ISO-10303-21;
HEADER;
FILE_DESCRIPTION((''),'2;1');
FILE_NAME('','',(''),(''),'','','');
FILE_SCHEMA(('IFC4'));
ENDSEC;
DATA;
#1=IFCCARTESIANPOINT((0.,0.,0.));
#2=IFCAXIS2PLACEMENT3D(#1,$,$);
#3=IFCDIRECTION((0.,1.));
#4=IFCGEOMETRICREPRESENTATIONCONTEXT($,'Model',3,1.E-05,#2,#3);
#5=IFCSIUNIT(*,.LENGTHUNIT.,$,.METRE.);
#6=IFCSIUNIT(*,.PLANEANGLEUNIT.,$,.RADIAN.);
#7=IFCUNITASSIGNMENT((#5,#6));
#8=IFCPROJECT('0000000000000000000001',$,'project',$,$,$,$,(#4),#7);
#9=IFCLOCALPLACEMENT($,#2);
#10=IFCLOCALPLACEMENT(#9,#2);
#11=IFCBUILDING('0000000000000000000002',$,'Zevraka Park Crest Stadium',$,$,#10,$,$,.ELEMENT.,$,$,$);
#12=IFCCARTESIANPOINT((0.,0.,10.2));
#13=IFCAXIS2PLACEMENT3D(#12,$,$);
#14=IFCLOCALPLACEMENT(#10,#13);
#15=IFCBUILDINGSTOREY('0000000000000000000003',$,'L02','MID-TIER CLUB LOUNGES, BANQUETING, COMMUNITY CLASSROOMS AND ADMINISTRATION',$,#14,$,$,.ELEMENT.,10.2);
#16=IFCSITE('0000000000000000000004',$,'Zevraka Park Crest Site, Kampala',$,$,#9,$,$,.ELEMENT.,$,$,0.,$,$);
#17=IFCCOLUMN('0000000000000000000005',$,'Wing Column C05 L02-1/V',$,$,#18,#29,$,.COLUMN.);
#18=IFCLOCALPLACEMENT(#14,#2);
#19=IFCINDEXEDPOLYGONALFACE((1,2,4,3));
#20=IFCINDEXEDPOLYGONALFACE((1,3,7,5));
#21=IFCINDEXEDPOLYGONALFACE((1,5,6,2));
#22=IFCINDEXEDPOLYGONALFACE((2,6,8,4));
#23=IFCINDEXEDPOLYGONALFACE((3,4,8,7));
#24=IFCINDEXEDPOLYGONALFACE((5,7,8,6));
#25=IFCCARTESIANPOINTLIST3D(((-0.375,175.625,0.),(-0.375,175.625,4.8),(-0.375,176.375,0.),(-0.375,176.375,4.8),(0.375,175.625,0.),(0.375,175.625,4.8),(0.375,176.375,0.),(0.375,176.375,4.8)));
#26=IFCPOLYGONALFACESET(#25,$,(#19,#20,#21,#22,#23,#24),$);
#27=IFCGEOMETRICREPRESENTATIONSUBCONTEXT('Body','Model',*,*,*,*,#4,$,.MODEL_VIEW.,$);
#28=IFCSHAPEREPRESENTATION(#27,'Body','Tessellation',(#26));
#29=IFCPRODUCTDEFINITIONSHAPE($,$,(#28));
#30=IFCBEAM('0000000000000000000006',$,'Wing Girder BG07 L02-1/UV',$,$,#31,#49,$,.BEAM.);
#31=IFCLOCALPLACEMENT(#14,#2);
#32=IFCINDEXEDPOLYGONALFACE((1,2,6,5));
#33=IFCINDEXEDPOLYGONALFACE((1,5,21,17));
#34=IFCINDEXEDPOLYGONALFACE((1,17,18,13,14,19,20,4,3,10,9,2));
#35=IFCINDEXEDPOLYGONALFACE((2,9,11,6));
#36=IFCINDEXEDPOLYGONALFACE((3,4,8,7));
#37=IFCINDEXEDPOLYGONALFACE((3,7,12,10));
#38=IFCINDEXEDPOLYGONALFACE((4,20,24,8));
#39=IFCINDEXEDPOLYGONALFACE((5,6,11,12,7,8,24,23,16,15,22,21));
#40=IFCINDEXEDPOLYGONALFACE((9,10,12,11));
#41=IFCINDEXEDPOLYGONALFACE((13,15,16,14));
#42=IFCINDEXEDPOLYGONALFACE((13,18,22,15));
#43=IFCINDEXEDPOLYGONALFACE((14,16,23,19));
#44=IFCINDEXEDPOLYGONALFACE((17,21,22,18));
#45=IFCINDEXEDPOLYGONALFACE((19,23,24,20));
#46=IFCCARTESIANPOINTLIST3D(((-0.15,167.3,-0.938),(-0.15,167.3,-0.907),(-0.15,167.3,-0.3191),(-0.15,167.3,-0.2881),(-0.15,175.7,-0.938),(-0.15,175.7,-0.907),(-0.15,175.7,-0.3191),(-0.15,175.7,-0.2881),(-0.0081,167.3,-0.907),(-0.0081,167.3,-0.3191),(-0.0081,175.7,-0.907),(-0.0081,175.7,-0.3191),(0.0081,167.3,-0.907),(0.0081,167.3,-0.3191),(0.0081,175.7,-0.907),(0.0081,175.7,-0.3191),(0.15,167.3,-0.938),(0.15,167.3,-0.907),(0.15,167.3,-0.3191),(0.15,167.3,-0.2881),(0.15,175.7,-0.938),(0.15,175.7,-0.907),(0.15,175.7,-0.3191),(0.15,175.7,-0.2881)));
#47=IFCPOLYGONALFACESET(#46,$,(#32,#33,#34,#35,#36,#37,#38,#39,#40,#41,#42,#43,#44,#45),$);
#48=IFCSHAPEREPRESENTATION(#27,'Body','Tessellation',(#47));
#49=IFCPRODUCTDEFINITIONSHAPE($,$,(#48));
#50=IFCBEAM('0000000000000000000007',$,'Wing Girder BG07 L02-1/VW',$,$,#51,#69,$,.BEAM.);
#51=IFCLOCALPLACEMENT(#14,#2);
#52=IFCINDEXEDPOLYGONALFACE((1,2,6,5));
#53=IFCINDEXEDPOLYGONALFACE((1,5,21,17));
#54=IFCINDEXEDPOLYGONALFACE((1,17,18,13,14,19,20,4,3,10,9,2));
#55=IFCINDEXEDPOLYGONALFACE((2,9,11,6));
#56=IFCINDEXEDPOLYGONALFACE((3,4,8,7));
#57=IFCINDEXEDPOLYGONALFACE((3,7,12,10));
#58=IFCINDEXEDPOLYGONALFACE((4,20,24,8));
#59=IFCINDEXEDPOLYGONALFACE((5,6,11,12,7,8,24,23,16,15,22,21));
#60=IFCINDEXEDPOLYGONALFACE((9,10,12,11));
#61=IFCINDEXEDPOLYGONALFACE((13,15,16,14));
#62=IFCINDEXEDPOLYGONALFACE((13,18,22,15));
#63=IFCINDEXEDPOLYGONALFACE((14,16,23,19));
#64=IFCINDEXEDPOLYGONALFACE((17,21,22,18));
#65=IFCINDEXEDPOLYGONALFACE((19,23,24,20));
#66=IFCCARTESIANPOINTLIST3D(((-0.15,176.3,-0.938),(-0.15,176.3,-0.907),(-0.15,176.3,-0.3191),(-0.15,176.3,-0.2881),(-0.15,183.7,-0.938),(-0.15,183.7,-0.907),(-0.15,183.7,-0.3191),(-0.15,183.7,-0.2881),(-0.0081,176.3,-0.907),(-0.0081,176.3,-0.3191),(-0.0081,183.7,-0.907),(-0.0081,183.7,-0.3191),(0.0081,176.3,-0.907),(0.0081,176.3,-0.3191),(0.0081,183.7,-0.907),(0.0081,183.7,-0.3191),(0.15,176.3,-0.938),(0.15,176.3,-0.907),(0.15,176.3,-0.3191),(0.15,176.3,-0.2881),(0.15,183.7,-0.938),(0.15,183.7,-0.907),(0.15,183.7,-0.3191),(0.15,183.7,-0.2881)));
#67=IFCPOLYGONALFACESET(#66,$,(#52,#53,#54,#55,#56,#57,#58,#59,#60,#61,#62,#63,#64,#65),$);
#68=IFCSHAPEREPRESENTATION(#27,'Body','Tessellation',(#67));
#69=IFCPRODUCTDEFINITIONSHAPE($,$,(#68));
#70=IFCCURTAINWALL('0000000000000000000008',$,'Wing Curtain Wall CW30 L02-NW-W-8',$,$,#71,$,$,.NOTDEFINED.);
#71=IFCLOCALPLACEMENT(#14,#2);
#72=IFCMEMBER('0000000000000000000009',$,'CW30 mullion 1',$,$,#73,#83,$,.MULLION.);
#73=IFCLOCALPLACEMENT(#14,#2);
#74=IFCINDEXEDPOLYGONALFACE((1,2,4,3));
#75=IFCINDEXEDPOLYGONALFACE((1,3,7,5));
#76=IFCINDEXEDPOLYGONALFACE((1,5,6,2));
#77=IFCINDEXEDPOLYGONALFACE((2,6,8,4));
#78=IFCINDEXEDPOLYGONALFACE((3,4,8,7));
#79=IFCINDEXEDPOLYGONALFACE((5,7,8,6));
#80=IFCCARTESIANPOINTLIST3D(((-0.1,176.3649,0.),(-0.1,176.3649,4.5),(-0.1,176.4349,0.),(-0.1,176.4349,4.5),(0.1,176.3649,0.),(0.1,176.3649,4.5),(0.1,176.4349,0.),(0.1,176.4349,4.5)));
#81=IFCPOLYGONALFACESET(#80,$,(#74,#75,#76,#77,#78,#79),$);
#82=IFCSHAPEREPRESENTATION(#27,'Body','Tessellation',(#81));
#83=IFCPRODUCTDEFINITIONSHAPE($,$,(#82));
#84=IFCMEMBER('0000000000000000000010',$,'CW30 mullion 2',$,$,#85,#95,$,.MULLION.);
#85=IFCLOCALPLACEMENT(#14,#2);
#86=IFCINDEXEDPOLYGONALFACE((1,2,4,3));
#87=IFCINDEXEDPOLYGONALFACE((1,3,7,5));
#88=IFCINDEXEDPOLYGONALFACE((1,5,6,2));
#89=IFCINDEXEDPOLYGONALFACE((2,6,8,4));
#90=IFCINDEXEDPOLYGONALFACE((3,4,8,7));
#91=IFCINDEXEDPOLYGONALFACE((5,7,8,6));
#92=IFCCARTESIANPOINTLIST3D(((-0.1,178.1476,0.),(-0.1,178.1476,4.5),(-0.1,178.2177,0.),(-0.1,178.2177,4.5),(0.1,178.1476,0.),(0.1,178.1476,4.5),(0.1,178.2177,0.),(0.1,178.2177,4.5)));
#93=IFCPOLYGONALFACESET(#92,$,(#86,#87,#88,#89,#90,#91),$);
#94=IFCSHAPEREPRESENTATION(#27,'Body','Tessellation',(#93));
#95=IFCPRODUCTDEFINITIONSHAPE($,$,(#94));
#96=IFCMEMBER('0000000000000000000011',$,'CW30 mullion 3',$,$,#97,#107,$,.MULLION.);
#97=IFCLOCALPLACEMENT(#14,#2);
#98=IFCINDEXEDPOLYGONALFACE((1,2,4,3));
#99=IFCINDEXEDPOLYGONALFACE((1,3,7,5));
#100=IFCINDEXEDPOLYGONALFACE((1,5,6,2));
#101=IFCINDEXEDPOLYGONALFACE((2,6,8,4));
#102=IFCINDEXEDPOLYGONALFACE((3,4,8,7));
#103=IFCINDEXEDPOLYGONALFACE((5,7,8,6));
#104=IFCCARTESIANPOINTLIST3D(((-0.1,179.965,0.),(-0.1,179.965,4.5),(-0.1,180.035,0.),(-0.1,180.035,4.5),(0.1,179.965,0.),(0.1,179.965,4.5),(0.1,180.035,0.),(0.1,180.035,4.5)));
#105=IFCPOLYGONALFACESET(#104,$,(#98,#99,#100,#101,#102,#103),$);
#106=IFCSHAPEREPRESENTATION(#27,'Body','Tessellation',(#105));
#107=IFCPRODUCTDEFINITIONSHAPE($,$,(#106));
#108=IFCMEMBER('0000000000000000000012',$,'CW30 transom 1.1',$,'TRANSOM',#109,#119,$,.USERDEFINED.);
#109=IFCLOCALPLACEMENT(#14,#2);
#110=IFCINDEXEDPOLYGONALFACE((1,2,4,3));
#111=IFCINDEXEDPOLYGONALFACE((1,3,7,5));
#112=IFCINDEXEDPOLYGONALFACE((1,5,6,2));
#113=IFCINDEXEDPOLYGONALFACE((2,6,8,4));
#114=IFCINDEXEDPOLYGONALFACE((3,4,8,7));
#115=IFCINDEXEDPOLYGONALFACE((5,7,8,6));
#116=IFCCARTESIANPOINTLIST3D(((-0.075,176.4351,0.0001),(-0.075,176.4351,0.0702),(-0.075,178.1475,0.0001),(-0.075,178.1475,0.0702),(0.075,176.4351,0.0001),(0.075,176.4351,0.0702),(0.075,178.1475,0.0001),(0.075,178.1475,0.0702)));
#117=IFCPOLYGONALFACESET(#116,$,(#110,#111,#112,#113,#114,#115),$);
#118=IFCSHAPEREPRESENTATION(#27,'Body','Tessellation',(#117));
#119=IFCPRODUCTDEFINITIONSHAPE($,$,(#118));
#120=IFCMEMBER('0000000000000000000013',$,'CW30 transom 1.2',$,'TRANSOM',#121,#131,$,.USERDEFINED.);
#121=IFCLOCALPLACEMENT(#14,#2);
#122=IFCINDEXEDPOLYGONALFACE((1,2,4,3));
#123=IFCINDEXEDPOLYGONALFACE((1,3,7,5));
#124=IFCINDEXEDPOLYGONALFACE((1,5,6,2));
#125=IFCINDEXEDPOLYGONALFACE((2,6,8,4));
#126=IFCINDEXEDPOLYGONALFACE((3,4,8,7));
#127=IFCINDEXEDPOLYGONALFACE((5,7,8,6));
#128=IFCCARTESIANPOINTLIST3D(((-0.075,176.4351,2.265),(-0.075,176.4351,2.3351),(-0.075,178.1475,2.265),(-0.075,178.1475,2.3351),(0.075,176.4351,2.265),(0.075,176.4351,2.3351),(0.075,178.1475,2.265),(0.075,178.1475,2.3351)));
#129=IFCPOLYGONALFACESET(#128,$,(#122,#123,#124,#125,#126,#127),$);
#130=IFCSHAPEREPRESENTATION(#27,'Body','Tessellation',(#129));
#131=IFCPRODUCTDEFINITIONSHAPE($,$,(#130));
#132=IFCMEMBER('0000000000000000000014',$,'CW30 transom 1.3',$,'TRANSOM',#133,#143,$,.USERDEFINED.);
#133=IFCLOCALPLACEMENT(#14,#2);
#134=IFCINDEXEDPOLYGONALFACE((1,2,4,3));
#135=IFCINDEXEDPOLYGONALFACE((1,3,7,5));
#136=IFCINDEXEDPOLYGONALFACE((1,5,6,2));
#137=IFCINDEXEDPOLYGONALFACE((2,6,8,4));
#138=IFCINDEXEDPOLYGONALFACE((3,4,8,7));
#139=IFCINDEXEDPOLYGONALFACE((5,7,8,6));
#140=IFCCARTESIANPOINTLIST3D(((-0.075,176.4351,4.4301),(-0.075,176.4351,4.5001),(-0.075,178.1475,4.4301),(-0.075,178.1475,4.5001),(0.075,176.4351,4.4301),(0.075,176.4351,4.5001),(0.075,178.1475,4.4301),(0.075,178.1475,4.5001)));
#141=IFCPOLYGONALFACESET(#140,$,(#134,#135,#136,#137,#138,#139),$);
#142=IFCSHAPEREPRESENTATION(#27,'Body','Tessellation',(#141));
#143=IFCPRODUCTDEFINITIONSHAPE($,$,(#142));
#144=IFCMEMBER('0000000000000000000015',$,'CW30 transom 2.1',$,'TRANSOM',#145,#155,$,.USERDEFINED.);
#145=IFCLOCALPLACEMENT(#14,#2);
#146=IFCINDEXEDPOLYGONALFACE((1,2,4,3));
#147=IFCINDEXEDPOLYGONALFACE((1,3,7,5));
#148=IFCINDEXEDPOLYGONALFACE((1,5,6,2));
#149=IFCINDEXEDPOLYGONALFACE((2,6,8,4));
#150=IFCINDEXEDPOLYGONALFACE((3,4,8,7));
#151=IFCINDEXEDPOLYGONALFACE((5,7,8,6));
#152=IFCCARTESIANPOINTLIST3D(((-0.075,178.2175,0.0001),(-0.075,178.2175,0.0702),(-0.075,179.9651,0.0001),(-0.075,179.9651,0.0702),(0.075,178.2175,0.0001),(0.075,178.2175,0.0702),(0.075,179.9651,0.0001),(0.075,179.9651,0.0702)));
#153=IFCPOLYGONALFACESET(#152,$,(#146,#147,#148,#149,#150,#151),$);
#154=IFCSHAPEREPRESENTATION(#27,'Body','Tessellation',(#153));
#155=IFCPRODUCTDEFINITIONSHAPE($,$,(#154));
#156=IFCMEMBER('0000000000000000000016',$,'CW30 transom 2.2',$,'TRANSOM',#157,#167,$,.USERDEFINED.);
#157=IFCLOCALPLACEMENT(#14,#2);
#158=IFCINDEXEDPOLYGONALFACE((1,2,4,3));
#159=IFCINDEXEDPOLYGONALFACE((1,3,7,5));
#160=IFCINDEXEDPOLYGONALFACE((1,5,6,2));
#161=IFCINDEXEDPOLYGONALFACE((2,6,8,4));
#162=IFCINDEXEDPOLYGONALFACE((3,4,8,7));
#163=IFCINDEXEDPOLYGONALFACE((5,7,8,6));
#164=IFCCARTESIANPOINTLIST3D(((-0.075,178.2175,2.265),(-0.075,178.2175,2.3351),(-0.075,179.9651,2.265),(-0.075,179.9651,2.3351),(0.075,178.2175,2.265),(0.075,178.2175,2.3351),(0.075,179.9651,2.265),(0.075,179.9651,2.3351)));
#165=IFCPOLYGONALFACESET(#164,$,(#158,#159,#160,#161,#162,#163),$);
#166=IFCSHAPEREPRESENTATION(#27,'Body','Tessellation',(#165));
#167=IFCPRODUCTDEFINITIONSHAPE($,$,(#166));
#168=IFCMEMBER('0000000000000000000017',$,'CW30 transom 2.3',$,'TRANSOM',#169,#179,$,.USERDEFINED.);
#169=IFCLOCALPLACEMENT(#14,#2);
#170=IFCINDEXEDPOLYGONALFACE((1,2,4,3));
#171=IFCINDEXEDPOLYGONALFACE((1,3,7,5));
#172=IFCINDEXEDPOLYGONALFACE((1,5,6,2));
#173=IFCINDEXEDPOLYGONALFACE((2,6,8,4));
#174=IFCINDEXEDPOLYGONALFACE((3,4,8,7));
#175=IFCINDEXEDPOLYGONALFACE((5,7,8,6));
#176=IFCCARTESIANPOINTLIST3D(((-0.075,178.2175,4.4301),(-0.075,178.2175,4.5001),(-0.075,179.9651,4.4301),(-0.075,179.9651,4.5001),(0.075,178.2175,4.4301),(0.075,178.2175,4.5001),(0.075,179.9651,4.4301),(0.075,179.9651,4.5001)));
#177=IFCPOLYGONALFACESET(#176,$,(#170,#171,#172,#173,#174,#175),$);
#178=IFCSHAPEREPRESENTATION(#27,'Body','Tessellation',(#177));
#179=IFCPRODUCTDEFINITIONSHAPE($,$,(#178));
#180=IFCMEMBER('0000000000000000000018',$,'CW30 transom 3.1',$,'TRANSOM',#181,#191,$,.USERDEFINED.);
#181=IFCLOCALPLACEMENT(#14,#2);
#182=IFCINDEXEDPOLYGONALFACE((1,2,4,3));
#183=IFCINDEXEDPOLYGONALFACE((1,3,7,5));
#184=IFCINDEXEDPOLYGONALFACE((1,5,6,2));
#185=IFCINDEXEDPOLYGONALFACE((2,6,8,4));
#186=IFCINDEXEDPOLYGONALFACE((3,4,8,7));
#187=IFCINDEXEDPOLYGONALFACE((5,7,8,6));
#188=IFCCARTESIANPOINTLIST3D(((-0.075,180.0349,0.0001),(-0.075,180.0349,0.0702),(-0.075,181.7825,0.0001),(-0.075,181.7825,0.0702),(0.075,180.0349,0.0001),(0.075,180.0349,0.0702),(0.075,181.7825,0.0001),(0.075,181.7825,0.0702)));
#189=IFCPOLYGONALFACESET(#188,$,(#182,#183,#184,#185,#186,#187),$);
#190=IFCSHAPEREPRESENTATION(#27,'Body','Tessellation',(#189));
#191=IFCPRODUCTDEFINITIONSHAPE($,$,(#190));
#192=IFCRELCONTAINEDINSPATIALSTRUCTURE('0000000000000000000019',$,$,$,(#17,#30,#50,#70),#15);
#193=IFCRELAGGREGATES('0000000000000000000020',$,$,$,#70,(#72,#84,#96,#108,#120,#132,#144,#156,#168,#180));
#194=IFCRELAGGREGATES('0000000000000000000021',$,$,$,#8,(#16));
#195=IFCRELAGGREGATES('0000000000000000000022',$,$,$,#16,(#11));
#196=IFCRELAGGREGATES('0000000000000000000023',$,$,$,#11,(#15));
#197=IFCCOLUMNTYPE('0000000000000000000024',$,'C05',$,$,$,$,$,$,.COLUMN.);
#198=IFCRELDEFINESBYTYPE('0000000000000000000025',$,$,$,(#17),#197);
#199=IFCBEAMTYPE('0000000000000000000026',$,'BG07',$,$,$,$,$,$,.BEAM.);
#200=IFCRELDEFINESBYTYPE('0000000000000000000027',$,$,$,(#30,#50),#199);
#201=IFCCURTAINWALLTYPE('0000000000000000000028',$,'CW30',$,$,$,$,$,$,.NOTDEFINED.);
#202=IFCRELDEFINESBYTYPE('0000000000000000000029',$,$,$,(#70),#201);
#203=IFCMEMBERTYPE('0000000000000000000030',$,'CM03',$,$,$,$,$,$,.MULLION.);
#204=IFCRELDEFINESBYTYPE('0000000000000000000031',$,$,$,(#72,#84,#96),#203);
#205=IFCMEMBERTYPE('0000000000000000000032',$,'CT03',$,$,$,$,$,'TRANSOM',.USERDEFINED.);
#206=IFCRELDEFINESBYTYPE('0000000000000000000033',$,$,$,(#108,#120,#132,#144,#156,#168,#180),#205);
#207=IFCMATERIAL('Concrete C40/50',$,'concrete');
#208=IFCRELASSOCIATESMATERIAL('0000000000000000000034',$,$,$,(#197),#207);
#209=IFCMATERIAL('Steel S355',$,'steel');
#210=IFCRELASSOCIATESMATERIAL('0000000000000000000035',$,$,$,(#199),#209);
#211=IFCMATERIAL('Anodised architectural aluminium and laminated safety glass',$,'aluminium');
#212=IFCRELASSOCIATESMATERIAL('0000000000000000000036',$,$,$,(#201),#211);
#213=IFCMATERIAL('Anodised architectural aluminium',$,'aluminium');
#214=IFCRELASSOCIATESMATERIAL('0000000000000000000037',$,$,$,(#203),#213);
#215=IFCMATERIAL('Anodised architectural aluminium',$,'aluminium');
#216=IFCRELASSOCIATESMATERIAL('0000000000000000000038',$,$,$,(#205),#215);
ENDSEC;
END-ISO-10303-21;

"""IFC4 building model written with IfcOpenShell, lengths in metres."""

from ifc_helpers import new_model, si_unit, direction, frame, origin, origin_2d, place, context, subcontext, project, spatial, rectangle, i_section, extrude, material, material_profile, profile_set, type_object, element, aggregate, save


model = new_model("IFC4")

# Units and contexts
model_context = context("Model", 3, precision=1e-05, world=origin(), true_north=direction((0.0, 1.0)))
body_context = subcontext(model_context, "Body", "Model", "MODEL_VIEW")
ifc_project = project(units=[si_unit("LENGTHUNIT", "METRE"), si_unit("PLANEANGLEUNIT", "RADIAN")], contexts=[model_context])

# Site, building, storey
site_placement = place(None, origin())
site = spatial("IfcSite", under=ifc_project, at=site_placement, Name="Zevraka Park Crest Site, Kampala", CompositionType="ELEMENT", RefElevation=0.0)
building_placement = place(site_placement, origin())
building = spatial("IfcBuilding", under=site, at=building_placement, Name="Zevraka Park Crest Stadium", CompositionType="ELEMENT")
storey_placement = place(building_placement, frame((0.0, 0.0, 10.2)))
storey = spatial("IfcBuildingStorey", under=building, at=storey_placement, Name="L02", Description="MID-TIER CLUB LOUNGES, BANQUETING, COMMUNITY CLASSROOMS AND ADMINISTRATION", CompositionType="ELEMENT", Elevation=10.2)

# Column
ifc_material_1 = material(Name="Concrete C40/50", Category="concrete")
ifc_material_profile_1 = material_profile(ifc_material_1, rectangle(XDim=0.75, YDim=0.75, at=origin_2d()), Name="RC 750x750")
ifc_profile_set_1 = profile_set([ifc_material_profile_1], Name="Concrete C40/50")
column_type = type_object("IfcColumnType", Name="C05", PredefinedType="COLUMN", material=ifc_profile_set_1)
column_placement = place(storey_placement, frame((0.0, 176.0, 0.0), z_axis=(0.0, 0.0, 1.0), x_axis=(1.0, 0.0, 0.0)))
element("IfcColumn", 1, at=column_placement, inside=storey, type_object=column_type, Name="Wing Column C05 L02-1/V", PredefinedType="COLUMN", context=body_context, shape_type="SweptSolid", body=[
    extrude(rectangle(XDim=0.75, YDim=0.75, at=origin_2d()), origin(), (0.0, 0.0, 1.0), 4.8),
])

# Beams
ifc_material_2 = material(Name="Steel S355", Category="steel")
ifc_material_profile_2 = material_profile(ifc_material_2, i_section(OverallWidth=0.3, OverallDepth=0.6499, WebThickness=0.0161, FlangeThickness=0.031, at=origin_2d()), Name="HEB 650")
ifc_profile_set_2 = profile_set([ifc_material_profile_2], Name="Steel S355")
beam_type = type_object("IfcBeamType", Name="BG07", PredefinedType="BEAM", material=ifc_profile_set_2)
beam_1_placement = place(storey_placement, frame((0.0, 167.3, -0.613), z_axis=(0.0, 1.0, 0.0), x_axis=(-1.0, 0.0, 0.0)))
element("IfcBeam", 2, at=beam_1_placement, inside=storey, type_object=beam_type, Name="Wing Girder BG07 L02-1/UV", PredefinedType="BEAM", context=body_context, shape_type="SweptSolid", body=[
    extrude(i_section(OverallWidth=0.3, OverallDepth=0.6499, WebThickness=0.0161, FlangeThickness=0.031, at=origin_2d()), origin(), (0.0, 0.0, 1.0), 8.3999),
])
beam_2_placement = place(storey_placement, frame((0.0, 176.3, -0.613), z_axis=(0.0, 1.0, 0.0), x_axis=(-1.0, 0.0, 0.0)))
element("IfcBeam", 3, at=beam_2_placement, inside=storey, type_object=beam_type, Name="Wing Girder BG07 L02-1/VW", PredefinedType="BEAM", context=body_context, shape_type="SweptSolid", body=[
    extrude(i_section(OverallWidth=0.3, OverallDepth=0.6499, WebThickness=0.0161, FlangeThickness=0.031, at=origin_2d()), origin(), (0.0, 0.0, 1.0), 7.3999),
])

# Curtain wall, members
ifc_material_3 = material(Name="Anodised architectural aluminium and laminated safety glass", Category="aluminium")
curtain_wall_type = type_object("IfcCurtainWallType", Name="CW30", PredefinedType="NOTDEFINED", material=ifc_material_3)
curtain_wall_placement = place(storey_placement, origin())
curtain_wall = element("IfcCurtainWall", 4, at=curtain_wall_placement, inside=storey, type_object=curtain_wall_type, Name="Wing Curtain Wall CW30 L02-NW-W-8", PredefinedType="NOTDEFINED")
ifc_material_4 = material(Name="Anodised architectural aluminium", Category="aluminium")
ifc_material_profile_3 = material_profile(ifc_material_4, rectangle(XDim=0.2, YDim=0.0701, at=origin_2d()), Name="ALU MULLION 200x70")
ifc_profile_set_3 = profile_set([ifc_material_profile_3], Name="Anodised architectural aluminium")
member_type_1 = type_object("IfcMemberType", Name="CM03", PredefinedType="MULLION", material=ifc_profile_set_3)
member_1_placement = place(storey_placement, frame((0.0, 176.3999, 0.0), z_axis=(0.0, 0.0, 1.0), x_axis=(-1.0, 0.0, 0.0)))
member_1 = element("IfcMember", 5, at=member_1_placement, type_object=member_type_1, Name="CW30 mullion 1", PredefinedType="MULLION", context=body_context, shape_type="SweptSolid", body=[
    extrude(rectangle(XDim=0.2, YDim=0.0701, at=origin_2d()), origin(), (0.0, 0.0, 1.0), 4.5),
])
member_2_placement = place(storey_placement, frame((0.0, 178.1826, 0.0), z_axis=(0.0, 0.0, 1.0), x_axis=(-1.0, 0.0, 0.0)))
member_2 = element("IfcMember", 6, at=member_2_placement, type_object=member_type_1, Name="CW30 mullion 2", PredefinedType="MULLION", context=body_context, shape_type="SweptSolid", body=[
    extrude(rectangle(XDim=0.2, YDim=0.0701, at=origin_2d()), origin(), (0.0, 0.0, 1.0), 4.5),
])
member_3_placement = place(storey_placement, frame((0.0, 180.0, 0.0), z_axis=(0.0, 0.0, 1.0), x_axis=(-1.0, 0.0, 0.0)))
member_3 = element("IfcMember", 7, at=member_3_placement, type_object=member_type_1, Name="CW30 mullion 3", PredefinedType="MULLION", context=body_context, shape_type="SweptSolid", body=[
    extrude(rectangle(XDim=0.2, YDim=0.0701, at=origin_2d()), origin(), (0.0, 0.0, 1.0), 4.5),
])
ifc_material_5 = material(Name="Anodised architectural aluminium", Category="aluminium")
ifc_material_profile_4 = material_profile(ifc_material_5, rectangle(XDim=0.1499, YDim=0.0701, at=origin_2d()), Name="ALU TRANSOM 150x70")
ifc_profile_set_4 = profile_set([ifc_material_profile_4], Name="Anodised architectural aluminium")
member_type_2 = type_object("IfcMemberType", Name="CT03", ElementType="TRANSOM", PredefinedType="USERDEFINED", material=ifc_profile_set_4)
member_4_placement = place(storey_placement, frame((0.0, 176.4351, 0.0352), z_axis=(0.0, 1.0, 0.0), x_axis=(-1.0, 0.0, 0.0)))
member_4 = element("IfcMember", 8, at=member_4_placement, type_object=member_type_2, Name="CW30 transom 1.1", ObjectType="TRANSOM", PredefinedType="USERDEFINED", context=body_context, shape_type="SweptSolid", body=[
    extrude(rectangle(XDim=0.1499, YDim=0.0701, at=origin_2d()), origin(), (0.0, 0.0, 1.0), 1.7124),
])
member_5_placement = place(storey_placement, frame((0.0, 176.4351, 2.3), z_axis=(0.0, 1.0, 0.0), x_axis=(-1.0, 0.0, 0.0)))
member_5 = element("IfcMember", 9, at=member_5_placement, type_object=member_type_2, Name="CW30 transom 1.2", ObjectType="TRANSOM", PredefinedType="USERDEFINED", context=body_context, shape_type="SweptSolid", body=[
    extrude(rectangle(XDim=0.1499, YDim=0.0701, at=origin_2d()), origin(), (0.0, 0.0, 1.0), 1.7124),
])
member_6_placement = place(storey_placement, frame((0.0, 176.4351, 4.4651), z_axis=(0.0, 1.0, 0.0), x_axis=(-1.0, 0.0, 0.0)))
member_6 = element("IfcMember", 10, at=member_6_placement, type_object=member_type_2, Name="CW30 transom 1.3", ObjectType="TRANSOM", PredefinedType="USERDEFINED", context=body_context, shape_type="SweptSolid", body=[
    extrude(rectangle(XDim=0.1499, YDim=0.0701, at=origin_2d()), origin(), (0.0, 0.0, 1.0), 1.7124),
])
member_7_placement = place(storey_placement, frame((0.0, 178.2175, 0.0352), z_axis=(0.0, 1.0, 0.0), x_axis=(-1.0, 0.0, 0.0)))
member_7 = element("IfcMember", 11, at=member_7_placement, type_object=member_type_2, Name="CW30 transom 2.1", ObjectType="TRANSOM", PredefinedType="USERDEFINED", context=body_context, shape_type="SweptSolid", body=[
    extrude(rectangle(XDim=0.1499, YDim=0.0701, at=origin_2d()), origin(), (0.0, 0.0, 1.0), 1.7476),
])
member_8_placement = place(storey_placement, frame((0.0, 178.2175, 2.3), z_axis=(0.0, 1.0, 0.0), x_axis=(-1.0, 0.0, 0.0)))
member_8 = element("IfcMember", 12, at=member_8_placement, type_object=member_type_2, Name="CW30 transom 2.2", ObjectType="TRANSOM", PredefinedType="USERDEFINED", context=body_context, shape_type="SweptSolid", body=[
    extrude(rectangle(XDim=0.1499, YDim=0.0701, at=origin_2d()), origin(), (0.0, 0.0, 1.0), 1.7476),
])
member_9_placement = place(storey_placement, frame((0.0, 178.2175, 4.4651), z_axis=(0.0, 1.0, 0.0), x_axis=(-1.0, 0.0, 0.0)))
member_9 = element("IfcMember", 13, at=member_9_placement, type_object=member_type_2, Name="CW30 transom 2.3", ObjectType="TRANSOM", PredefinedType="USERDEFINED", context=body_context, shape_type="SweptSolid", body=[
    extrude(rectangle(XDim=0.1499, YDim=0.0701, at=origin_2d()), origin(), (0.0, 0.0, 1.0), 1.7476),
])
member_10_placement = place(storey_placement, frame((0.0, 180.0349, 0.0352), z_axis=(0.0, 1.0, 0.0), x_axis=(-1.0, 0.0, 0.0)))
member_10 = element("IfcMember", 14, at=member_10_placement, type_object=member_type_2, Name="CW30 transom 3.1", ObjectType="TRANSOM", PredefinedType="USERDEFINED", context=body_context, shape_type="SweptSolid", body=[
    extrude(rectangle(XDim=0.1499, YDim=0.0701, at=origin_2d()), origin(), (0.0, 0.0, 1.0), 1.7476),
])
aggregate(curtain_wall, [member_1, member_2, member_3, member_4, member_5, member_6, member_7, member_8, member_9, member_10])

save(model, "model.ifc")
